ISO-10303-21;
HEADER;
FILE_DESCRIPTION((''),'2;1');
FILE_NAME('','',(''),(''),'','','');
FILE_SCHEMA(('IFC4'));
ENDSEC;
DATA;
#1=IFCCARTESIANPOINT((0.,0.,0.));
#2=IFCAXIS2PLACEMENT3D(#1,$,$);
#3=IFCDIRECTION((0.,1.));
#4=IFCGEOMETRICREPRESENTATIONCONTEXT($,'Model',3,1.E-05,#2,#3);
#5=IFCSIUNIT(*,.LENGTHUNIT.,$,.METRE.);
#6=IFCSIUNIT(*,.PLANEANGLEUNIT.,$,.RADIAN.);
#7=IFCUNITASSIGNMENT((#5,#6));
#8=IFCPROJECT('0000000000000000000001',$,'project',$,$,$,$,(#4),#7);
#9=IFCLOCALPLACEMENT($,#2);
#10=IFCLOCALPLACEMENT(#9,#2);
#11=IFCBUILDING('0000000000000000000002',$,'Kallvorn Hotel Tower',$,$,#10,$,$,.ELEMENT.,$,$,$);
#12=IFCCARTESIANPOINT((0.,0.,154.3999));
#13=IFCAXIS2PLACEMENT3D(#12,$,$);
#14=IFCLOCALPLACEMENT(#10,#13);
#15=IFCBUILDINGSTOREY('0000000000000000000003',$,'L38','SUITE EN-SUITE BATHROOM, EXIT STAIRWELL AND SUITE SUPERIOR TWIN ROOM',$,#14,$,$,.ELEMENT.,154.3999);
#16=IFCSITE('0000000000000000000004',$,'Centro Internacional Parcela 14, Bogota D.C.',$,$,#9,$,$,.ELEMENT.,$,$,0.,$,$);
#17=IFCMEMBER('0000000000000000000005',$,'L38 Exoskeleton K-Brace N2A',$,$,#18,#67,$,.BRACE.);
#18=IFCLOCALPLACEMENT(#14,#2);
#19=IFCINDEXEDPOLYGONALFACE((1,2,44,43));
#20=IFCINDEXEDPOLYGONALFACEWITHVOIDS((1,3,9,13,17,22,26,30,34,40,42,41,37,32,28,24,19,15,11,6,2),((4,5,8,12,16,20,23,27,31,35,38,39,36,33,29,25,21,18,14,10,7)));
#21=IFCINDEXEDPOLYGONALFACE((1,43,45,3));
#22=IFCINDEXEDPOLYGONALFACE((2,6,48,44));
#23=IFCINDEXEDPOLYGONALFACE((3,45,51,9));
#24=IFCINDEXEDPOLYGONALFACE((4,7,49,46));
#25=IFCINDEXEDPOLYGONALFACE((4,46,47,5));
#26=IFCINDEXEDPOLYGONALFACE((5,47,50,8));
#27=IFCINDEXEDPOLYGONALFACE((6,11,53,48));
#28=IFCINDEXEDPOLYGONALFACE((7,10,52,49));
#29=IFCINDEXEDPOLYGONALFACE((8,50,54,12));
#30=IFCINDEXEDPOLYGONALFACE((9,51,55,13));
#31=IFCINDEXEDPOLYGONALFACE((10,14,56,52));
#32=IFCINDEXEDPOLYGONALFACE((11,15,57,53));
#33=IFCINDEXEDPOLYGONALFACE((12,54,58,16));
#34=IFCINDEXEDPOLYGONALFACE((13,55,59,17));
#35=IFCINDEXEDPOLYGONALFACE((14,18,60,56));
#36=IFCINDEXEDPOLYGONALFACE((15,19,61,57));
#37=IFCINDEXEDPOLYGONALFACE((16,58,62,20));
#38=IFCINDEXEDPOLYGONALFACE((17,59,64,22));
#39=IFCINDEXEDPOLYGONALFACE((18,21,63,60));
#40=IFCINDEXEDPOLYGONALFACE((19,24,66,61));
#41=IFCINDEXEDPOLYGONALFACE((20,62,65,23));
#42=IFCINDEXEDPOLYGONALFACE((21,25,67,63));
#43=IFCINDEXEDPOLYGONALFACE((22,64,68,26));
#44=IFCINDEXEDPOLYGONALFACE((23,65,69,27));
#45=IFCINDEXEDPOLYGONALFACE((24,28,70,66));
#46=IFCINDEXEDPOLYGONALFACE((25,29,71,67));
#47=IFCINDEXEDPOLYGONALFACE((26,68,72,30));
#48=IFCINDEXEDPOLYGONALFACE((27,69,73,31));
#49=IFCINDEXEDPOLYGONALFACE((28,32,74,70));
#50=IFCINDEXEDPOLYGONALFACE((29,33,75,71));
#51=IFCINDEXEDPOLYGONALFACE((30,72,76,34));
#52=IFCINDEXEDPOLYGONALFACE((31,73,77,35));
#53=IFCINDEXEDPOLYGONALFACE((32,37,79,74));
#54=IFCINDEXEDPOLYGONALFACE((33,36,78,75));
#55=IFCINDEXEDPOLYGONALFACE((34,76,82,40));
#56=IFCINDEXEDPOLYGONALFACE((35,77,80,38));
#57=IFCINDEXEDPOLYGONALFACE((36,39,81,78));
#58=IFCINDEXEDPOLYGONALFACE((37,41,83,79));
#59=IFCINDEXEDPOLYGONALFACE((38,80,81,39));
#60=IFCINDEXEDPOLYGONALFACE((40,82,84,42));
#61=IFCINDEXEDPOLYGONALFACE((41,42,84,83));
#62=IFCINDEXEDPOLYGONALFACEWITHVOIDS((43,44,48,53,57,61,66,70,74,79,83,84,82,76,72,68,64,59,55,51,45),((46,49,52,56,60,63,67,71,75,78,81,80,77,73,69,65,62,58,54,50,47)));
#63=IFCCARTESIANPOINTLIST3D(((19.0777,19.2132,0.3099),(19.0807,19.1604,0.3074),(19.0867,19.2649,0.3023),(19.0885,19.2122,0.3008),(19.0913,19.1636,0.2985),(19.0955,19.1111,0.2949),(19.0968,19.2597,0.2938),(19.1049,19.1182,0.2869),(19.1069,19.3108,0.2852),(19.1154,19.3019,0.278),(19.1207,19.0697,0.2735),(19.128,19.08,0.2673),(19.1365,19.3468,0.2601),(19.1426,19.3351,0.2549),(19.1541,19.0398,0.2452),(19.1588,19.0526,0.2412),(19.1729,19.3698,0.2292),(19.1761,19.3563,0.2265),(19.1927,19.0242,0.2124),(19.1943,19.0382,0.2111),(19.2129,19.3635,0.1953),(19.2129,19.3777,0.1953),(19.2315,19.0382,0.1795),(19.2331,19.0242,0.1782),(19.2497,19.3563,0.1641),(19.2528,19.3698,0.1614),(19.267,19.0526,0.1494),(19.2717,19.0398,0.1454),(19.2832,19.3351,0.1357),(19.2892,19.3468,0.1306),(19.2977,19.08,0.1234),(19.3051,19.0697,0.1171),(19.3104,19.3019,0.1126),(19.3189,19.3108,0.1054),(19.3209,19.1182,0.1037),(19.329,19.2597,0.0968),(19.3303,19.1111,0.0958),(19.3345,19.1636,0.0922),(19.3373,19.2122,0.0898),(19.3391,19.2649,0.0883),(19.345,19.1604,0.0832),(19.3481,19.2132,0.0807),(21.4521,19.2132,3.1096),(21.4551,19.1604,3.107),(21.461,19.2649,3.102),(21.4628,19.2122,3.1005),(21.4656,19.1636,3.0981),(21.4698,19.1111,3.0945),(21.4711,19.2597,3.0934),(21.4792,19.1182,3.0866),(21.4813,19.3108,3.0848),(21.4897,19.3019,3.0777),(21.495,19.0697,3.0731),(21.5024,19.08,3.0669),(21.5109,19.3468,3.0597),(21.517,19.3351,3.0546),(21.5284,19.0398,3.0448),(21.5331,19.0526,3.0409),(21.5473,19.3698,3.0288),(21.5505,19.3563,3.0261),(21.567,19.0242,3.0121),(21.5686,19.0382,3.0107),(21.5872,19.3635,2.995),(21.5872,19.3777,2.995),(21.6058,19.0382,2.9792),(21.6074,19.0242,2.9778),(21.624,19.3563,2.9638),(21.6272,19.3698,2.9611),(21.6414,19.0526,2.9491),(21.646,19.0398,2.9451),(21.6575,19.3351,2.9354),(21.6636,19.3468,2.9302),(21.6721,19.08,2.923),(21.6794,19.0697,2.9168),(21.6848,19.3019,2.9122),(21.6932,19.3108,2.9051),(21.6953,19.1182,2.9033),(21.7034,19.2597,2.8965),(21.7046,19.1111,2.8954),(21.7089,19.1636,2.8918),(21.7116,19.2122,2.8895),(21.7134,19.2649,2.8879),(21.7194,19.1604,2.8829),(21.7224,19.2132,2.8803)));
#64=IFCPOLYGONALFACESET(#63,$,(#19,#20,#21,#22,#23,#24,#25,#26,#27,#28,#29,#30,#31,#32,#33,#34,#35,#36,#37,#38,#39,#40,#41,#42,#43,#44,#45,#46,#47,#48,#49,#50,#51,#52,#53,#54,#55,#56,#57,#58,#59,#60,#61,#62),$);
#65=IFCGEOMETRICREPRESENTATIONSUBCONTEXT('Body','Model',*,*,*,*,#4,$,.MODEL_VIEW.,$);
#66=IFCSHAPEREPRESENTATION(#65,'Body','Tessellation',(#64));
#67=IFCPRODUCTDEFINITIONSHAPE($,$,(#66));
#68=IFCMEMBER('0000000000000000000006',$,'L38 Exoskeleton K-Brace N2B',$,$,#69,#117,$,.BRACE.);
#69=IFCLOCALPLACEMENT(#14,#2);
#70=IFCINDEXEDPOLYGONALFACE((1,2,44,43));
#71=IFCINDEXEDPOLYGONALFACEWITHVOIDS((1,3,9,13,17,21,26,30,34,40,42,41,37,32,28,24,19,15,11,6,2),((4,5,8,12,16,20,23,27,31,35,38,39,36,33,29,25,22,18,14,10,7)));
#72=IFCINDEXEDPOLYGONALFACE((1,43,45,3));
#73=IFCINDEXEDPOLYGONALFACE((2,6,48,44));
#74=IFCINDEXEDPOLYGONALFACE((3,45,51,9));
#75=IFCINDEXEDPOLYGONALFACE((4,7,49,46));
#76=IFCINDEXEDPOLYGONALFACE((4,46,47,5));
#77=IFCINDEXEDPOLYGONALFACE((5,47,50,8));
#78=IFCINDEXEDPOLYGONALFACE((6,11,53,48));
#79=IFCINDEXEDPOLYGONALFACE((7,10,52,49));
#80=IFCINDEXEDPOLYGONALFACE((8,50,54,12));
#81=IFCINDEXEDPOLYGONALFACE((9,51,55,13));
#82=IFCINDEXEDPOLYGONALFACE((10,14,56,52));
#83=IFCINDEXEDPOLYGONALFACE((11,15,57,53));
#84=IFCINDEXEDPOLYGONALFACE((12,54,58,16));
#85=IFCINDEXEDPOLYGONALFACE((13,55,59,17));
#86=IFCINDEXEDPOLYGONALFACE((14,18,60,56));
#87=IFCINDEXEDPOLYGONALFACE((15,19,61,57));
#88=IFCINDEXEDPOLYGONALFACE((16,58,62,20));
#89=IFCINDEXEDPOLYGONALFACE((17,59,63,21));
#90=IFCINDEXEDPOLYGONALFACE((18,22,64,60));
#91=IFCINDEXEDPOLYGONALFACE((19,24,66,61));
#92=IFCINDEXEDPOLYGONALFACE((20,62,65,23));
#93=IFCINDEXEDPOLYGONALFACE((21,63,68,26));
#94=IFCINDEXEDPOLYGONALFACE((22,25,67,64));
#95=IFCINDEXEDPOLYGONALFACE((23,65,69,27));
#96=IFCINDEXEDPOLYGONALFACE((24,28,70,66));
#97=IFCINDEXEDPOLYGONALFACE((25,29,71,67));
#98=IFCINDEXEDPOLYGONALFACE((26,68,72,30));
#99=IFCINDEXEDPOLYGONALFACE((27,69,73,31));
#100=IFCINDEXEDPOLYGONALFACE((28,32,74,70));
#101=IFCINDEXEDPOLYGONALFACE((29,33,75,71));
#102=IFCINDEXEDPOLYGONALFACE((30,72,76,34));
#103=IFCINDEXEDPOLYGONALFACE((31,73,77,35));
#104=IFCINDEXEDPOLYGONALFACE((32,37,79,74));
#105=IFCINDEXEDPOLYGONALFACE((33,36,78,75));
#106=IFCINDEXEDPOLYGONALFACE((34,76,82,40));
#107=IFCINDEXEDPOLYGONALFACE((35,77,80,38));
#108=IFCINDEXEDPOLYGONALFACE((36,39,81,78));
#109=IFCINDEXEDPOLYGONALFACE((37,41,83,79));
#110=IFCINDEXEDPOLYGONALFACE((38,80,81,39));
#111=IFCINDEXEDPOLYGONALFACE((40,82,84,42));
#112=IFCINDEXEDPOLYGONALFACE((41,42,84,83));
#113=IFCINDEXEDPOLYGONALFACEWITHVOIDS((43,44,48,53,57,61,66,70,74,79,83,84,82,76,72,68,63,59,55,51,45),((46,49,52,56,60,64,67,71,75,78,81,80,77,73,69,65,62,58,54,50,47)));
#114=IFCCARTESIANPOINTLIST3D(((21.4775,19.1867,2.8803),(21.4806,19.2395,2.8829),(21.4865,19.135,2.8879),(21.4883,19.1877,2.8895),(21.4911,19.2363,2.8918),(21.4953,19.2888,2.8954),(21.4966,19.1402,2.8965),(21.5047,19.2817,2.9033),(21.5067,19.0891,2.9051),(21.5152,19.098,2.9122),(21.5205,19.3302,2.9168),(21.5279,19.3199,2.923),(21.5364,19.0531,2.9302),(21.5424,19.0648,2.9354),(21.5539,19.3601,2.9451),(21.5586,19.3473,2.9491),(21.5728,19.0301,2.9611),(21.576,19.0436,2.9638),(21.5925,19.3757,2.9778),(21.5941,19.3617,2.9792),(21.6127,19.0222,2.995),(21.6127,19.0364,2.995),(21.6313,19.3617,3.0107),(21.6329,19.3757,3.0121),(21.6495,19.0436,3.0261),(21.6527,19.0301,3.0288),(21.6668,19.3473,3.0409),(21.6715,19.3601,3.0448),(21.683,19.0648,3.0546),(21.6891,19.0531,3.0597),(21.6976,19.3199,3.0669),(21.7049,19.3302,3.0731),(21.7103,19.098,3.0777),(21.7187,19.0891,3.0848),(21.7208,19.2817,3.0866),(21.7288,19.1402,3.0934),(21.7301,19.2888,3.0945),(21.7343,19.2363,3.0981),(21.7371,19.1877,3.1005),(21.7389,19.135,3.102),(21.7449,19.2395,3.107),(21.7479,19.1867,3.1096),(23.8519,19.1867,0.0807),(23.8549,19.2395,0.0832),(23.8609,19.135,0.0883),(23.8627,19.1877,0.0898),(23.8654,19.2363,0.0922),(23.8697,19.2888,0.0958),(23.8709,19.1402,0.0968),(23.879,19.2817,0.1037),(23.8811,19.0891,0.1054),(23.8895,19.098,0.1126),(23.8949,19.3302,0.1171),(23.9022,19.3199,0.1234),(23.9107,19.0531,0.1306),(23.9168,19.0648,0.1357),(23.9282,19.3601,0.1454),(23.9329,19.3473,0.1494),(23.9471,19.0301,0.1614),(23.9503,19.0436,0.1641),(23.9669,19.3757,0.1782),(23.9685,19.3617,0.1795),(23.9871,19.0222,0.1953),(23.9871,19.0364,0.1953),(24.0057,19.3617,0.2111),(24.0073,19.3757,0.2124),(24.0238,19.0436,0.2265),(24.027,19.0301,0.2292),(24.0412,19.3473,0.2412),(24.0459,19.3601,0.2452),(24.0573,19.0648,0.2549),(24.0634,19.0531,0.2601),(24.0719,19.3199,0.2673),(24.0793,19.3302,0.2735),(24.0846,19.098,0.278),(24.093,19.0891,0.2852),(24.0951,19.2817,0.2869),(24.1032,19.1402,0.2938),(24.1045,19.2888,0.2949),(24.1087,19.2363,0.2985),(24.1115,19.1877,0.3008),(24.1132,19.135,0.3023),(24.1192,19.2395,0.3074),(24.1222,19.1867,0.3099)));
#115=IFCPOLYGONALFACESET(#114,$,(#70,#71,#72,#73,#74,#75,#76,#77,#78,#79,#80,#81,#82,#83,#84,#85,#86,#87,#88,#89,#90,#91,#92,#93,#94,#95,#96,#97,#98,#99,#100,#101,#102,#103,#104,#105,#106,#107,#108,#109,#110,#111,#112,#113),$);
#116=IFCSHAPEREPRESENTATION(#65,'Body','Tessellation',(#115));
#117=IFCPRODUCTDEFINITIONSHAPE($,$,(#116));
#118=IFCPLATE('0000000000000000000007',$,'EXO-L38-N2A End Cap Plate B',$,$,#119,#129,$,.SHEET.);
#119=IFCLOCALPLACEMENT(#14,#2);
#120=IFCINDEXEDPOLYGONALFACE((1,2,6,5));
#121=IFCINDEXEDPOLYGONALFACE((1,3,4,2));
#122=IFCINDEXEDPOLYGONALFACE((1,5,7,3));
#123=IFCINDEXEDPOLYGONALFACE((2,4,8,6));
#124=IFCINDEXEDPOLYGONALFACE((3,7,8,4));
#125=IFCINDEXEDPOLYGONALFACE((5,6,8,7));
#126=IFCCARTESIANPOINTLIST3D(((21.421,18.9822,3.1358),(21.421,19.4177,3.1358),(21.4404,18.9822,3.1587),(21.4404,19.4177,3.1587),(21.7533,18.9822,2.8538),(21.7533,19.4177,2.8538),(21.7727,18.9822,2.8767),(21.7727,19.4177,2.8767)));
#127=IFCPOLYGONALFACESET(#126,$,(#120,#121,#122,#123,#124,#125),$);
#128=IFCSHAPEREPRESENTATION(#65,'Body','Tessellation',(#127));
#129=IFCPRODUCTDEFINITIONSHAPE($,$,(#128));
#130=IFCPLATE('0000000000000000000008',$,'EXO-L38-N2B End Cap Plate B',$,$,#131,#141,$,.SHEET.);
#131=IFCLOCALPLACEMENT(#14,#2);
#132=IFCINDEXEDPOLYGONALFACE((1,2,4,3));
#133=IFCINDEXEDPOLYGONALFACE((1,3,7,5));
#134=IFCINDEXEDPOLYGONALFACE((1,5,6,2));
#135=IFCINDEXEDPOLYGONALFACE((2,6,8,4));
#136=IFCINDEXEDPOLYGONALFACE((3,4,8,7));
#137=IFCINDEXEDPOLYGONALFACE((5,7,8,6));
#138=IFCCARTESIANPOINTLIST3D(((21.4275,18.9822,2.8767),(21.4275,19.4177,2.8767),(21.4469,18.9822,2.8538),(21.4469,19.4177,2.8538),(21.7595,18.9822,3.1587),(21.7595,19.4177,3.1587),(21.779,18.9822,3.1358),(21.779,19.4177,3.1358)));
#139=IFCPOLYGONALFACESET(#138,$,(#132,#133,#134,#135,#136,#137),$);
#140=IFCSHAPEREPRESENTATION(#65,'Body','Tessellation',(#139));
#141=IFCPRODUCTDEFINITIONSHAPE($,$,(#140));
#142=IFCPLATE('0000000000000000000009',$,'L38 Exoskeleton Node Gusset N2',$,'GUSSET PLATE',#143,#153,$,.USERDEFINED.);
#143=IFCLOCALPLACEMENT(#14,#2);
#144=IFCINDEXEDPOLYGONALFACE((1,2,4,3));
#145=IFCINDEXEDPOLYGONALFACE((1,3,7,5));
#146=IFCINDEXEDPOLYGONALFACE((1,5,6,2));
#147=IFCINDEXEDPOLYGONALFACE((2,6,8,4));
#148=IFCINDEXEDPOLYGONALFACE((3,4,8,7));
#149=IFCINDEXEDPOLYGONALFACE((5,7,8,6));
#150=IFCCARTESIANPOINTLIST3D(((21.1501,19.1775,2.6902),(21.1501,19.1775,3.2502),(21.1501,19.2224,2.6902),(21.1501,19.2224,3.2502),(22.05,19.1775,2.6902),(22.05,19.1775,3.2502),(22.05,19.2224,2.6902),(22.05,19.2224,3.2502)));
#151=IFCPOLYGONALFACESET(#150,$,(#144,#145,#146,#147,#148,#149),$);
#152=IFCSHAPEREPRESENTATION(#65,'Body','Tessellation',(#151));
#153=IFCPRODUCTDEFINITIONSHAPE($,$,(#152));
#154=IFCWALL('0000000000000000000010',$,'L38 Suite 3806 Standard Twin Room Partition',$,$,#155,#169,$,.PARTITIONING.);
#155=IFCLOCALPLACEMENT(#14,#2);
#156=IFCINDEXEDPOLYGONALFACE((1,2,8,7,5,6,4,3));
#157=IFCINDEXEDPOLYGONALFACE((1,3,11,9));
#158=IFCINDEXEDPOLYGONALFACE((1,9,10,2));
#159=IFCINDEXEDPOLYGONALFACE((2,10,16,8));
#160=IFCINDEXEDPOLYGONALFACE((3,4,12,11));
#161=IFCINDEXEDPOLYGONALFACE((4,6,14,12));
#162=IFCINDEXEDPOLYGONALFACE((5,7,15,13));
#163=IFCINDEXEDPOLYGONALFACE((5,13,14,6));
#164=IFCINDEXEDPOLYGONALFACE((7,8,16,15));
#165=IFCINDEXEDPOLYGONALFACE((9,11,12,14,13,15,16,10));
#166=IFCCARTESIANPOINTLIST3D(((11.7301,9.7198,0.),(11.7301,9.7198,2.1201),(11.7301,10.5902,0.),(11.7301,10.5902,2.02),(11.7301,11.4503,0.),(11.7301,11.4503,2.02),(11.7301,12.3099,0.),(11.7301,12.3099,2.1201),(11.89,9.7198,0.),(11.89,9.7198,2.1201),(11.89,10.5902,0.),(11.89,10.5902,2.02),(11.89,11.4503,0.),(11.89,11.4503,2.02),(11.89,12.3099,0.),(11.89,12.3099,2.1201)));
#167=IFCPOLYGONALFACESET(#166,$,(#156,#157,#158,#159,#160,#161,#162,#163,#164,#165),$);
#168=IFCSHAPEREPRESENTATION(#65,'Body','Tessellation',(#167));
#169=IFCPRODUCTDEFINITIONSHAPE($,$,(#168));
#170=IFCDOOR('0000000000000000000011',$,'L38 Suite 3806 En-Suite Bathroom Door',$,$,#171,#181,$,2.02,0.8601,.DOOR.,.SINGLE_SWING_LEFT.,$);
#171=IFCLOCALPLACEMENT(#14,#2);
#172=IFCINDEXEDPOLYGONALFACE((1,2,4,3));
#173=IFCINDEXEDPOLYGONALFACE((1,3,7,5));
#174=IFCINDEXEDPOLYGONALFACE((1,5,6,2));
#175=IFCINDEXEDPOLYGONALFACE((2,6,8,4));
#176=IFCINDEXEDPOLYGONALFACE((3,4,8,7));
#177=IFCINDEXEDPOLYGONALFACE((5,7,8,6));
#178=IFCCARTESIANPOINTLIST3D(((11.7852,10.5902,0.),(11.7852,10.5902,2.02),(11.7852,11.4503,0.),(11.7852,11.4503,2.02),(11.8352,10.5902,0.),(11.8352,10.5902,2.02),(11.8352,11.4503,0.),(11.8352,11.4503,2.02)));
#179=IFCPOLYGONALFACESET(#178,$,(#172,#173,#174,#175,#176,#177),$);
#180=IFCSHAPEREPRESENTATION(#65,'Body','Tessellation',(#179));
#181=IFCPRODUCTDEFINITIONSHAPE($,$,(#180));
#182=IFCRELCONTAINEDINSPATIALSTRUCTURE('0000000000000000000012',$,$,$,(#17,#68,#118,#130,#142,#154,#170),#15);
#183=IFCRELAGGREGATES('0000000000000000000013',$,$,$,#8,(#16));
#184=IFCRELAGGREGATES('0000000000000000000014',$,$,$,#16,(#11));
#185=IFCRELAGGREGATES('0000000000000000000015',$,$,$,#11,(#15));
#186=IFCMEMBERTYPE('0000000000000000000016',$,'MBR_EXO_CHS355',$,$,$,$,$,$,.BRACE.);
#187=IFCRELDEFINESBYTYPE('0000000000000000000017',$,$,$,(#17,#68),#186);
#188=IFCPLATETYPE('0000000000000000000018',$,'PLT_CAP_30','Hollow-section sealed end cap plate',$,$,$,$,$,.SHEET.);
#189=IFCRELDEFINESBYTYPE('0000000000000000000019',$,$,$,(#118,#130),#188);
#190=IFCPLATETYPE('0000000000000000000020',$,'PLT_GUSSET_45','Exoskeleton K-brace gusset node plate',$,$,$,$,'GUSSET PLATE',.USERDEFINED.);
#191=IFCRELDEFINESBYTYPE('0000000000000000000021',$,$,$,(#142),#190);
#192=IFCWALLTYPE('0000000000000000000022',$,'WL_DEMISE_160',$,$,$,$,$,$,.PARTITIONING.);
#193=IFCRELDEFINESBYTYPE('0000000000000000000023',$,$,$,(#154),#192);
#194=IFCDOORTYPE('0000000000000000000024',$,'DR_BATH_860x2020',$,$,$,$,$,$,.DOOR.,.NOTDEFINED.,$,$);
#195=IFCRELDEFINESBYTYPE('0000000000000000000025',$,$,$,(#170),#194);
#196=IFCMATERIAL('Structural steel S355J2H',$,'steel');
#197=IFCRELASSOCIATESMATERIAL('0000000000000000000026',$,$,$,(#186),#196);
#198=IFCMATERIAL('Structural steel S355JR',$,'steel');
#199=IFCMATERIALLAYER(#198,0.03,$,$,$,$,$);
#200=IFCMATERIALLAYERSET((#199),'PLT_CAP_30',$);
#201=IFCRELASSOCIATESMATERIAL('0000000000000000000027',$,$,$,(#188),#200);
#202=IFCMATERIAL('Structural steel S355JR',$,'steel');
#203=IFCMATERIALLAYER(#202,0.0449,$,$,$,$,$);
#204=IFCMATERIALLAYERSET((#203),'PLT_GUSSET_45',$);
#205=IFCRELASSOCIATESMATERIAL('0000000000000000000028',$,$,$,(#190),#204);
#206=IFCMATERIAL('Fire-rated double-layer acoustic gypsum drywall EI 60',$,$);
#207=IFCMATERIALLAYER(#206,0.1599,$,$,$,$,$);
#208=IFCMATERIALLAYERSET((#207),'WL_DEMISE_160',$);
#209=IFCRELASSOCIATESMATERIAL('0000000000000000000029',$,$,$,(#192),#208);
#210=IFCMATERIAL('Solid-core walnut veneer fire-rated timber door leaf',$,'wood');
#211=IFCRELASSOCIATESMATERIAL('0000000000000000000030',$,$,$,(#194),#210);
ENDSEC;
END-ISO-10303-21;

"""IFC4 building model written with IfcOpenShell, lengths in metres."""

from ifc_helpers import new_model, si_unit, direction, frame, frame_2d, origin, origin_2d, place, context, subcontext, project, spatial, polyline, rectangle, hollow_circle, outline, extrude, material, layer, layer_set, material_profile, profile_set, type_object, element, fill, save


model = new_model("IFC4")

# Units and contexts
model_context = context("Model", 3, precision=1e-05, world=origin(), true_north=direction((0.0, 1.0)))
body_context = subcontext(model_context, "Body", "Model", "MODEL_VIEW")
ifc_project = project(units=[si_unit("LENGTHUNIT", "METRE"), si_unit("PLANEANGLEUNIT", "RADIAN")], contexts=[model_context])

# Site, building, storey
site_placement = place(None, origin())
site = spatial("IfcSite", under=ifc_project, at=site_placement, Name="Centro Internacional Parcela 14, Bogota D.C.", CompositionType="ELEMENT", RefElevation=0.0)
building_placement = place(site_placement, origin())
building = spatial("IfcBuilding", under=site, at=building_placement, Name="Kallvorn Hotel Tower", CompositionType="ELEMENT")
storey_placement = place(building_placement, frame((0.0, 0.0, 154.3999)))
storey = spatial("IfcBuildingStorey", under=building, at=storey_placement, Name="L38", Description="SUITE EN-SUITE BATHROOM, EXIT STAIRWELL AND SUITE SUPERIOR TWIN ROOM", CompositionType="ELEMENT", Elevation=154.3999)

# Members
ifc_material_1 = material(Name="Structural steel S355J2H", Category="steel")
ifc_material_profile_1 = material_profile(ifc_material_1, hollow_circle(Radius=0.1777, WallThickness=0.0142, at=origin_2d()), Name="CHS 355.6x14.2")
ifc_profile_set_1 = profile_set([ifc_material_profile_1], Name="Structural steel S355J2H")
member_type_1 = type_object("IfcMemberType", Name="MBR_EXO_CHS355", PredefinedType="BRACE", material=ifc_profile_set_1)
for number, where, z_axis, x_axis, name in (
    (1, (19.2129, 19.2, 0.1953), (0.6468, 0.0, 0.762659), (0.0, 1.0, 0.0), "L38 Exoskeleton K-Brace N2A"),
    (2, (23.9871, 19.2, 0.1953), (-0.6468, 0.0, 0.762659), (0.0, -1.0, 0.0), "L38 Exoskeleton K-Brace N2B"),
):
    element("IfcMember", number, at=place(storey_placement, frame(where, z_axis=z_axis, x_axis=x_axis)), inside=storey, type_object=member_type_1, Name=name, PredefinedType="BRACE", context=body_context, shape_type="SweptSolid", body=[
        extrude(hollow_circle(Radius=0.1777, WallThickness=0.0142, at=origin_2d()), origin(), (0.0, 0.0, 1.0), 3.6709),
    ])

# Plates
ifc_material_2 = material(Name="Structural steel S355JR", Category="steel")
ifc_layer_1 = layer(ifc_material_2, 0.03)
ifc_layer_set_1 = layer_set([ifc_layer_1], Name="PLT_CAP_30")
plate_type_1 = type_object("IfcPlateType", Name="PLT_CAP_30", Description="Hollow-section sealed end cap plate", PredefinedType="SHEET", material=ifc_layer_set_1)
plate_1_placement = place(storey_placement, frame((21.7727, 18.9822, 2.8767), z_axis=(0.647047, 0.0, 0.762451), x_axis=(0.0, 1.0, 0.0)))
element("IfcPlate", 3, at=plate_1_placement, inside=storey, type_object=plate_type_1, Name="EXO-L38-N2A End Cap Plate B", PredefinedType="SHEET", context=body_context, shape_type="SweptSolid", body=[
    extrude(outline(polyline([(0.0, 0.0), (0.4355, 0.0), (0.4355, 0.4358), (0.0, 0.4358), (0.0, 0.0)])), origin(), (0.0, 0.0, -1.0), 0.03),
])
plate_2_placement = place(storey_placement, frame((21.4275, 19.4177, 2.8767), z_axis=(-0.647323, 0.0, 0.762216), x_axis=(0.0, -1.0, 0.0)))
element("IfcPlate", 4, at=plate_2_placement, inside=storey, type_object=plate_type_1, Name="EXO-L38-N2B End Cap Plate B", PredefinedType="SHEET", context=body_context, shape_type="SweptSolid", body=[
    extrude(outline(polyline([(0.0, 0.0), (0.4355, 0.0), (0.4355, 0.4356), (0.0, 0.4356), (0.0, 0.0)])), origin(), (0.0, 0.0, -1.0), 0.03),
])
ifc_material_3 = material(Name="Structural steel S355JR", Category="steel")
ifc_layer_2 = layer(ifc_material_3, 0.0449)
ifc_layer_set_2 = layer_set([ifc_layer_2], Name="PLT_GUSSET_45")
plate_type_2 = type_object("IfcPlateType", Name="PLT_GUSSET_45", Description="Exoskeleton K-brace gusset node plate", ElementType="GUSSET PLATE", PredefinedType="USERDEFINED", material=ifc_layer_set_2)
plate_3_placement = place(storey_placement, frame((21.6001, 19.2, 2.6902), z_axis=(0.0, 0.0, 1.0), x_axis=(1.0, 0.0, 0.0)))
element("IfcPlate", 5, at=plate_3_placement, inside=storey, type_object=plate_type_2, Name="L38 Exoskeleton Node Gusset N2", ObjectType="GUSSET PLATE", PredefinedType="USERDEFINED", context=body_context, shape_type="SweptSolid", body=[
    extrude(rectangle(XDim=0.8999, YDim=0.0449, at=origin_2d()), origin(), (0.0, 0.0, 1.0), 0.5601),
])

# Wall, opening, door
ifc_material_4 = material(Name="Fire-rated double-layer acoustic gypsum drywall EI 60")
ifc_layer_3 = layer(ifc_material_4, 0.1599)
ifc_layer_set_3 = layer_set([ifc_layer_3], Name="WL_DEMISE_160")
wall_type_1 = type_object("IfcWallType", Name="WL_DEMISE_160", PredefinedType="PARTITIONING", material=ifc_layer_set_3)
wall_1_placement = place(storey_placement, frame((11.8101, 9.72, 0.0), z_axis=(0.0, 0.0, 1.0), x_axis=(0.0, 1.0, 0.0)))
wall_1 = element("IfcWall", 6, at=wall_1_placement, inside=storey, type_object=wall_type_1, Name="L38 Suite 3806 Standard Twin Room Partition", PredefinedType="PARTITIONING", context=body_context, shape_type="SweptSolid", body=[
    extrude(rectangle(XDim=2.5901, YDim=0.1599, at=frame_2d((1.2949, 0.0))), origin(), (0.0, 0.0, 1.0), 2.1201),
])
opening_placement = place(wall_1_placement, frame((0.8701, 0.0, 0.0)))
opening = element("IfcOpeningElement", 7, at=opening_placement, cuts=wall_1, PredefinedType="OPENING", context=body_context, shape_type="SweptSolid", body=[
    extrude(rectangle(XDim=0.8601, YDim=2.02, at=frame_2d((0.4302, 1.01))), frame((0.0, 0.095, 0.0), z_axis=(0.0, -1.0, 0.0), x_axis=(1.0, 0.0, 0.0)), (0.0, 0.0, 1.0), 0.1899),
])
ifc_material_5 = material(Name="Solid-core walnut veneer fire-rated timber door leaf", Category="wood")
door_type = type_object("IfcDoorType", Name="DR_BATH_860x2020", OperationType="NOTDEFINED", PredefinedType="DOOR", material=ifc_material_5)
door_placement = place(opening_placement, origin())
door = element("IfcDoor", 8, at=door_placement, inside=storey, type_object=door_type, Name="L38 Suite 3806 En-Suite Bathroom Door", OperationType="SINGLE_SWING_LEFT", OverallHeight=2.02, OverallWidth=0.8601, PredefinedType="DOOR", context=body_context, shape_type="SweptSolid", body=[
    extrude(rectangle(XDim=0.8601, YDim=2.02, at=frame_2d((0.4302, 1.01))), frame((0.0, 0.0249, 0.0), z_axis=(0.0, -1.0, 0.0), x_axis=(1.0, 0.0, 0.0)), (0.0, 0.0, 1.0), 0.05),
])
fill(opening, door)

save(model, "model.ifc")
